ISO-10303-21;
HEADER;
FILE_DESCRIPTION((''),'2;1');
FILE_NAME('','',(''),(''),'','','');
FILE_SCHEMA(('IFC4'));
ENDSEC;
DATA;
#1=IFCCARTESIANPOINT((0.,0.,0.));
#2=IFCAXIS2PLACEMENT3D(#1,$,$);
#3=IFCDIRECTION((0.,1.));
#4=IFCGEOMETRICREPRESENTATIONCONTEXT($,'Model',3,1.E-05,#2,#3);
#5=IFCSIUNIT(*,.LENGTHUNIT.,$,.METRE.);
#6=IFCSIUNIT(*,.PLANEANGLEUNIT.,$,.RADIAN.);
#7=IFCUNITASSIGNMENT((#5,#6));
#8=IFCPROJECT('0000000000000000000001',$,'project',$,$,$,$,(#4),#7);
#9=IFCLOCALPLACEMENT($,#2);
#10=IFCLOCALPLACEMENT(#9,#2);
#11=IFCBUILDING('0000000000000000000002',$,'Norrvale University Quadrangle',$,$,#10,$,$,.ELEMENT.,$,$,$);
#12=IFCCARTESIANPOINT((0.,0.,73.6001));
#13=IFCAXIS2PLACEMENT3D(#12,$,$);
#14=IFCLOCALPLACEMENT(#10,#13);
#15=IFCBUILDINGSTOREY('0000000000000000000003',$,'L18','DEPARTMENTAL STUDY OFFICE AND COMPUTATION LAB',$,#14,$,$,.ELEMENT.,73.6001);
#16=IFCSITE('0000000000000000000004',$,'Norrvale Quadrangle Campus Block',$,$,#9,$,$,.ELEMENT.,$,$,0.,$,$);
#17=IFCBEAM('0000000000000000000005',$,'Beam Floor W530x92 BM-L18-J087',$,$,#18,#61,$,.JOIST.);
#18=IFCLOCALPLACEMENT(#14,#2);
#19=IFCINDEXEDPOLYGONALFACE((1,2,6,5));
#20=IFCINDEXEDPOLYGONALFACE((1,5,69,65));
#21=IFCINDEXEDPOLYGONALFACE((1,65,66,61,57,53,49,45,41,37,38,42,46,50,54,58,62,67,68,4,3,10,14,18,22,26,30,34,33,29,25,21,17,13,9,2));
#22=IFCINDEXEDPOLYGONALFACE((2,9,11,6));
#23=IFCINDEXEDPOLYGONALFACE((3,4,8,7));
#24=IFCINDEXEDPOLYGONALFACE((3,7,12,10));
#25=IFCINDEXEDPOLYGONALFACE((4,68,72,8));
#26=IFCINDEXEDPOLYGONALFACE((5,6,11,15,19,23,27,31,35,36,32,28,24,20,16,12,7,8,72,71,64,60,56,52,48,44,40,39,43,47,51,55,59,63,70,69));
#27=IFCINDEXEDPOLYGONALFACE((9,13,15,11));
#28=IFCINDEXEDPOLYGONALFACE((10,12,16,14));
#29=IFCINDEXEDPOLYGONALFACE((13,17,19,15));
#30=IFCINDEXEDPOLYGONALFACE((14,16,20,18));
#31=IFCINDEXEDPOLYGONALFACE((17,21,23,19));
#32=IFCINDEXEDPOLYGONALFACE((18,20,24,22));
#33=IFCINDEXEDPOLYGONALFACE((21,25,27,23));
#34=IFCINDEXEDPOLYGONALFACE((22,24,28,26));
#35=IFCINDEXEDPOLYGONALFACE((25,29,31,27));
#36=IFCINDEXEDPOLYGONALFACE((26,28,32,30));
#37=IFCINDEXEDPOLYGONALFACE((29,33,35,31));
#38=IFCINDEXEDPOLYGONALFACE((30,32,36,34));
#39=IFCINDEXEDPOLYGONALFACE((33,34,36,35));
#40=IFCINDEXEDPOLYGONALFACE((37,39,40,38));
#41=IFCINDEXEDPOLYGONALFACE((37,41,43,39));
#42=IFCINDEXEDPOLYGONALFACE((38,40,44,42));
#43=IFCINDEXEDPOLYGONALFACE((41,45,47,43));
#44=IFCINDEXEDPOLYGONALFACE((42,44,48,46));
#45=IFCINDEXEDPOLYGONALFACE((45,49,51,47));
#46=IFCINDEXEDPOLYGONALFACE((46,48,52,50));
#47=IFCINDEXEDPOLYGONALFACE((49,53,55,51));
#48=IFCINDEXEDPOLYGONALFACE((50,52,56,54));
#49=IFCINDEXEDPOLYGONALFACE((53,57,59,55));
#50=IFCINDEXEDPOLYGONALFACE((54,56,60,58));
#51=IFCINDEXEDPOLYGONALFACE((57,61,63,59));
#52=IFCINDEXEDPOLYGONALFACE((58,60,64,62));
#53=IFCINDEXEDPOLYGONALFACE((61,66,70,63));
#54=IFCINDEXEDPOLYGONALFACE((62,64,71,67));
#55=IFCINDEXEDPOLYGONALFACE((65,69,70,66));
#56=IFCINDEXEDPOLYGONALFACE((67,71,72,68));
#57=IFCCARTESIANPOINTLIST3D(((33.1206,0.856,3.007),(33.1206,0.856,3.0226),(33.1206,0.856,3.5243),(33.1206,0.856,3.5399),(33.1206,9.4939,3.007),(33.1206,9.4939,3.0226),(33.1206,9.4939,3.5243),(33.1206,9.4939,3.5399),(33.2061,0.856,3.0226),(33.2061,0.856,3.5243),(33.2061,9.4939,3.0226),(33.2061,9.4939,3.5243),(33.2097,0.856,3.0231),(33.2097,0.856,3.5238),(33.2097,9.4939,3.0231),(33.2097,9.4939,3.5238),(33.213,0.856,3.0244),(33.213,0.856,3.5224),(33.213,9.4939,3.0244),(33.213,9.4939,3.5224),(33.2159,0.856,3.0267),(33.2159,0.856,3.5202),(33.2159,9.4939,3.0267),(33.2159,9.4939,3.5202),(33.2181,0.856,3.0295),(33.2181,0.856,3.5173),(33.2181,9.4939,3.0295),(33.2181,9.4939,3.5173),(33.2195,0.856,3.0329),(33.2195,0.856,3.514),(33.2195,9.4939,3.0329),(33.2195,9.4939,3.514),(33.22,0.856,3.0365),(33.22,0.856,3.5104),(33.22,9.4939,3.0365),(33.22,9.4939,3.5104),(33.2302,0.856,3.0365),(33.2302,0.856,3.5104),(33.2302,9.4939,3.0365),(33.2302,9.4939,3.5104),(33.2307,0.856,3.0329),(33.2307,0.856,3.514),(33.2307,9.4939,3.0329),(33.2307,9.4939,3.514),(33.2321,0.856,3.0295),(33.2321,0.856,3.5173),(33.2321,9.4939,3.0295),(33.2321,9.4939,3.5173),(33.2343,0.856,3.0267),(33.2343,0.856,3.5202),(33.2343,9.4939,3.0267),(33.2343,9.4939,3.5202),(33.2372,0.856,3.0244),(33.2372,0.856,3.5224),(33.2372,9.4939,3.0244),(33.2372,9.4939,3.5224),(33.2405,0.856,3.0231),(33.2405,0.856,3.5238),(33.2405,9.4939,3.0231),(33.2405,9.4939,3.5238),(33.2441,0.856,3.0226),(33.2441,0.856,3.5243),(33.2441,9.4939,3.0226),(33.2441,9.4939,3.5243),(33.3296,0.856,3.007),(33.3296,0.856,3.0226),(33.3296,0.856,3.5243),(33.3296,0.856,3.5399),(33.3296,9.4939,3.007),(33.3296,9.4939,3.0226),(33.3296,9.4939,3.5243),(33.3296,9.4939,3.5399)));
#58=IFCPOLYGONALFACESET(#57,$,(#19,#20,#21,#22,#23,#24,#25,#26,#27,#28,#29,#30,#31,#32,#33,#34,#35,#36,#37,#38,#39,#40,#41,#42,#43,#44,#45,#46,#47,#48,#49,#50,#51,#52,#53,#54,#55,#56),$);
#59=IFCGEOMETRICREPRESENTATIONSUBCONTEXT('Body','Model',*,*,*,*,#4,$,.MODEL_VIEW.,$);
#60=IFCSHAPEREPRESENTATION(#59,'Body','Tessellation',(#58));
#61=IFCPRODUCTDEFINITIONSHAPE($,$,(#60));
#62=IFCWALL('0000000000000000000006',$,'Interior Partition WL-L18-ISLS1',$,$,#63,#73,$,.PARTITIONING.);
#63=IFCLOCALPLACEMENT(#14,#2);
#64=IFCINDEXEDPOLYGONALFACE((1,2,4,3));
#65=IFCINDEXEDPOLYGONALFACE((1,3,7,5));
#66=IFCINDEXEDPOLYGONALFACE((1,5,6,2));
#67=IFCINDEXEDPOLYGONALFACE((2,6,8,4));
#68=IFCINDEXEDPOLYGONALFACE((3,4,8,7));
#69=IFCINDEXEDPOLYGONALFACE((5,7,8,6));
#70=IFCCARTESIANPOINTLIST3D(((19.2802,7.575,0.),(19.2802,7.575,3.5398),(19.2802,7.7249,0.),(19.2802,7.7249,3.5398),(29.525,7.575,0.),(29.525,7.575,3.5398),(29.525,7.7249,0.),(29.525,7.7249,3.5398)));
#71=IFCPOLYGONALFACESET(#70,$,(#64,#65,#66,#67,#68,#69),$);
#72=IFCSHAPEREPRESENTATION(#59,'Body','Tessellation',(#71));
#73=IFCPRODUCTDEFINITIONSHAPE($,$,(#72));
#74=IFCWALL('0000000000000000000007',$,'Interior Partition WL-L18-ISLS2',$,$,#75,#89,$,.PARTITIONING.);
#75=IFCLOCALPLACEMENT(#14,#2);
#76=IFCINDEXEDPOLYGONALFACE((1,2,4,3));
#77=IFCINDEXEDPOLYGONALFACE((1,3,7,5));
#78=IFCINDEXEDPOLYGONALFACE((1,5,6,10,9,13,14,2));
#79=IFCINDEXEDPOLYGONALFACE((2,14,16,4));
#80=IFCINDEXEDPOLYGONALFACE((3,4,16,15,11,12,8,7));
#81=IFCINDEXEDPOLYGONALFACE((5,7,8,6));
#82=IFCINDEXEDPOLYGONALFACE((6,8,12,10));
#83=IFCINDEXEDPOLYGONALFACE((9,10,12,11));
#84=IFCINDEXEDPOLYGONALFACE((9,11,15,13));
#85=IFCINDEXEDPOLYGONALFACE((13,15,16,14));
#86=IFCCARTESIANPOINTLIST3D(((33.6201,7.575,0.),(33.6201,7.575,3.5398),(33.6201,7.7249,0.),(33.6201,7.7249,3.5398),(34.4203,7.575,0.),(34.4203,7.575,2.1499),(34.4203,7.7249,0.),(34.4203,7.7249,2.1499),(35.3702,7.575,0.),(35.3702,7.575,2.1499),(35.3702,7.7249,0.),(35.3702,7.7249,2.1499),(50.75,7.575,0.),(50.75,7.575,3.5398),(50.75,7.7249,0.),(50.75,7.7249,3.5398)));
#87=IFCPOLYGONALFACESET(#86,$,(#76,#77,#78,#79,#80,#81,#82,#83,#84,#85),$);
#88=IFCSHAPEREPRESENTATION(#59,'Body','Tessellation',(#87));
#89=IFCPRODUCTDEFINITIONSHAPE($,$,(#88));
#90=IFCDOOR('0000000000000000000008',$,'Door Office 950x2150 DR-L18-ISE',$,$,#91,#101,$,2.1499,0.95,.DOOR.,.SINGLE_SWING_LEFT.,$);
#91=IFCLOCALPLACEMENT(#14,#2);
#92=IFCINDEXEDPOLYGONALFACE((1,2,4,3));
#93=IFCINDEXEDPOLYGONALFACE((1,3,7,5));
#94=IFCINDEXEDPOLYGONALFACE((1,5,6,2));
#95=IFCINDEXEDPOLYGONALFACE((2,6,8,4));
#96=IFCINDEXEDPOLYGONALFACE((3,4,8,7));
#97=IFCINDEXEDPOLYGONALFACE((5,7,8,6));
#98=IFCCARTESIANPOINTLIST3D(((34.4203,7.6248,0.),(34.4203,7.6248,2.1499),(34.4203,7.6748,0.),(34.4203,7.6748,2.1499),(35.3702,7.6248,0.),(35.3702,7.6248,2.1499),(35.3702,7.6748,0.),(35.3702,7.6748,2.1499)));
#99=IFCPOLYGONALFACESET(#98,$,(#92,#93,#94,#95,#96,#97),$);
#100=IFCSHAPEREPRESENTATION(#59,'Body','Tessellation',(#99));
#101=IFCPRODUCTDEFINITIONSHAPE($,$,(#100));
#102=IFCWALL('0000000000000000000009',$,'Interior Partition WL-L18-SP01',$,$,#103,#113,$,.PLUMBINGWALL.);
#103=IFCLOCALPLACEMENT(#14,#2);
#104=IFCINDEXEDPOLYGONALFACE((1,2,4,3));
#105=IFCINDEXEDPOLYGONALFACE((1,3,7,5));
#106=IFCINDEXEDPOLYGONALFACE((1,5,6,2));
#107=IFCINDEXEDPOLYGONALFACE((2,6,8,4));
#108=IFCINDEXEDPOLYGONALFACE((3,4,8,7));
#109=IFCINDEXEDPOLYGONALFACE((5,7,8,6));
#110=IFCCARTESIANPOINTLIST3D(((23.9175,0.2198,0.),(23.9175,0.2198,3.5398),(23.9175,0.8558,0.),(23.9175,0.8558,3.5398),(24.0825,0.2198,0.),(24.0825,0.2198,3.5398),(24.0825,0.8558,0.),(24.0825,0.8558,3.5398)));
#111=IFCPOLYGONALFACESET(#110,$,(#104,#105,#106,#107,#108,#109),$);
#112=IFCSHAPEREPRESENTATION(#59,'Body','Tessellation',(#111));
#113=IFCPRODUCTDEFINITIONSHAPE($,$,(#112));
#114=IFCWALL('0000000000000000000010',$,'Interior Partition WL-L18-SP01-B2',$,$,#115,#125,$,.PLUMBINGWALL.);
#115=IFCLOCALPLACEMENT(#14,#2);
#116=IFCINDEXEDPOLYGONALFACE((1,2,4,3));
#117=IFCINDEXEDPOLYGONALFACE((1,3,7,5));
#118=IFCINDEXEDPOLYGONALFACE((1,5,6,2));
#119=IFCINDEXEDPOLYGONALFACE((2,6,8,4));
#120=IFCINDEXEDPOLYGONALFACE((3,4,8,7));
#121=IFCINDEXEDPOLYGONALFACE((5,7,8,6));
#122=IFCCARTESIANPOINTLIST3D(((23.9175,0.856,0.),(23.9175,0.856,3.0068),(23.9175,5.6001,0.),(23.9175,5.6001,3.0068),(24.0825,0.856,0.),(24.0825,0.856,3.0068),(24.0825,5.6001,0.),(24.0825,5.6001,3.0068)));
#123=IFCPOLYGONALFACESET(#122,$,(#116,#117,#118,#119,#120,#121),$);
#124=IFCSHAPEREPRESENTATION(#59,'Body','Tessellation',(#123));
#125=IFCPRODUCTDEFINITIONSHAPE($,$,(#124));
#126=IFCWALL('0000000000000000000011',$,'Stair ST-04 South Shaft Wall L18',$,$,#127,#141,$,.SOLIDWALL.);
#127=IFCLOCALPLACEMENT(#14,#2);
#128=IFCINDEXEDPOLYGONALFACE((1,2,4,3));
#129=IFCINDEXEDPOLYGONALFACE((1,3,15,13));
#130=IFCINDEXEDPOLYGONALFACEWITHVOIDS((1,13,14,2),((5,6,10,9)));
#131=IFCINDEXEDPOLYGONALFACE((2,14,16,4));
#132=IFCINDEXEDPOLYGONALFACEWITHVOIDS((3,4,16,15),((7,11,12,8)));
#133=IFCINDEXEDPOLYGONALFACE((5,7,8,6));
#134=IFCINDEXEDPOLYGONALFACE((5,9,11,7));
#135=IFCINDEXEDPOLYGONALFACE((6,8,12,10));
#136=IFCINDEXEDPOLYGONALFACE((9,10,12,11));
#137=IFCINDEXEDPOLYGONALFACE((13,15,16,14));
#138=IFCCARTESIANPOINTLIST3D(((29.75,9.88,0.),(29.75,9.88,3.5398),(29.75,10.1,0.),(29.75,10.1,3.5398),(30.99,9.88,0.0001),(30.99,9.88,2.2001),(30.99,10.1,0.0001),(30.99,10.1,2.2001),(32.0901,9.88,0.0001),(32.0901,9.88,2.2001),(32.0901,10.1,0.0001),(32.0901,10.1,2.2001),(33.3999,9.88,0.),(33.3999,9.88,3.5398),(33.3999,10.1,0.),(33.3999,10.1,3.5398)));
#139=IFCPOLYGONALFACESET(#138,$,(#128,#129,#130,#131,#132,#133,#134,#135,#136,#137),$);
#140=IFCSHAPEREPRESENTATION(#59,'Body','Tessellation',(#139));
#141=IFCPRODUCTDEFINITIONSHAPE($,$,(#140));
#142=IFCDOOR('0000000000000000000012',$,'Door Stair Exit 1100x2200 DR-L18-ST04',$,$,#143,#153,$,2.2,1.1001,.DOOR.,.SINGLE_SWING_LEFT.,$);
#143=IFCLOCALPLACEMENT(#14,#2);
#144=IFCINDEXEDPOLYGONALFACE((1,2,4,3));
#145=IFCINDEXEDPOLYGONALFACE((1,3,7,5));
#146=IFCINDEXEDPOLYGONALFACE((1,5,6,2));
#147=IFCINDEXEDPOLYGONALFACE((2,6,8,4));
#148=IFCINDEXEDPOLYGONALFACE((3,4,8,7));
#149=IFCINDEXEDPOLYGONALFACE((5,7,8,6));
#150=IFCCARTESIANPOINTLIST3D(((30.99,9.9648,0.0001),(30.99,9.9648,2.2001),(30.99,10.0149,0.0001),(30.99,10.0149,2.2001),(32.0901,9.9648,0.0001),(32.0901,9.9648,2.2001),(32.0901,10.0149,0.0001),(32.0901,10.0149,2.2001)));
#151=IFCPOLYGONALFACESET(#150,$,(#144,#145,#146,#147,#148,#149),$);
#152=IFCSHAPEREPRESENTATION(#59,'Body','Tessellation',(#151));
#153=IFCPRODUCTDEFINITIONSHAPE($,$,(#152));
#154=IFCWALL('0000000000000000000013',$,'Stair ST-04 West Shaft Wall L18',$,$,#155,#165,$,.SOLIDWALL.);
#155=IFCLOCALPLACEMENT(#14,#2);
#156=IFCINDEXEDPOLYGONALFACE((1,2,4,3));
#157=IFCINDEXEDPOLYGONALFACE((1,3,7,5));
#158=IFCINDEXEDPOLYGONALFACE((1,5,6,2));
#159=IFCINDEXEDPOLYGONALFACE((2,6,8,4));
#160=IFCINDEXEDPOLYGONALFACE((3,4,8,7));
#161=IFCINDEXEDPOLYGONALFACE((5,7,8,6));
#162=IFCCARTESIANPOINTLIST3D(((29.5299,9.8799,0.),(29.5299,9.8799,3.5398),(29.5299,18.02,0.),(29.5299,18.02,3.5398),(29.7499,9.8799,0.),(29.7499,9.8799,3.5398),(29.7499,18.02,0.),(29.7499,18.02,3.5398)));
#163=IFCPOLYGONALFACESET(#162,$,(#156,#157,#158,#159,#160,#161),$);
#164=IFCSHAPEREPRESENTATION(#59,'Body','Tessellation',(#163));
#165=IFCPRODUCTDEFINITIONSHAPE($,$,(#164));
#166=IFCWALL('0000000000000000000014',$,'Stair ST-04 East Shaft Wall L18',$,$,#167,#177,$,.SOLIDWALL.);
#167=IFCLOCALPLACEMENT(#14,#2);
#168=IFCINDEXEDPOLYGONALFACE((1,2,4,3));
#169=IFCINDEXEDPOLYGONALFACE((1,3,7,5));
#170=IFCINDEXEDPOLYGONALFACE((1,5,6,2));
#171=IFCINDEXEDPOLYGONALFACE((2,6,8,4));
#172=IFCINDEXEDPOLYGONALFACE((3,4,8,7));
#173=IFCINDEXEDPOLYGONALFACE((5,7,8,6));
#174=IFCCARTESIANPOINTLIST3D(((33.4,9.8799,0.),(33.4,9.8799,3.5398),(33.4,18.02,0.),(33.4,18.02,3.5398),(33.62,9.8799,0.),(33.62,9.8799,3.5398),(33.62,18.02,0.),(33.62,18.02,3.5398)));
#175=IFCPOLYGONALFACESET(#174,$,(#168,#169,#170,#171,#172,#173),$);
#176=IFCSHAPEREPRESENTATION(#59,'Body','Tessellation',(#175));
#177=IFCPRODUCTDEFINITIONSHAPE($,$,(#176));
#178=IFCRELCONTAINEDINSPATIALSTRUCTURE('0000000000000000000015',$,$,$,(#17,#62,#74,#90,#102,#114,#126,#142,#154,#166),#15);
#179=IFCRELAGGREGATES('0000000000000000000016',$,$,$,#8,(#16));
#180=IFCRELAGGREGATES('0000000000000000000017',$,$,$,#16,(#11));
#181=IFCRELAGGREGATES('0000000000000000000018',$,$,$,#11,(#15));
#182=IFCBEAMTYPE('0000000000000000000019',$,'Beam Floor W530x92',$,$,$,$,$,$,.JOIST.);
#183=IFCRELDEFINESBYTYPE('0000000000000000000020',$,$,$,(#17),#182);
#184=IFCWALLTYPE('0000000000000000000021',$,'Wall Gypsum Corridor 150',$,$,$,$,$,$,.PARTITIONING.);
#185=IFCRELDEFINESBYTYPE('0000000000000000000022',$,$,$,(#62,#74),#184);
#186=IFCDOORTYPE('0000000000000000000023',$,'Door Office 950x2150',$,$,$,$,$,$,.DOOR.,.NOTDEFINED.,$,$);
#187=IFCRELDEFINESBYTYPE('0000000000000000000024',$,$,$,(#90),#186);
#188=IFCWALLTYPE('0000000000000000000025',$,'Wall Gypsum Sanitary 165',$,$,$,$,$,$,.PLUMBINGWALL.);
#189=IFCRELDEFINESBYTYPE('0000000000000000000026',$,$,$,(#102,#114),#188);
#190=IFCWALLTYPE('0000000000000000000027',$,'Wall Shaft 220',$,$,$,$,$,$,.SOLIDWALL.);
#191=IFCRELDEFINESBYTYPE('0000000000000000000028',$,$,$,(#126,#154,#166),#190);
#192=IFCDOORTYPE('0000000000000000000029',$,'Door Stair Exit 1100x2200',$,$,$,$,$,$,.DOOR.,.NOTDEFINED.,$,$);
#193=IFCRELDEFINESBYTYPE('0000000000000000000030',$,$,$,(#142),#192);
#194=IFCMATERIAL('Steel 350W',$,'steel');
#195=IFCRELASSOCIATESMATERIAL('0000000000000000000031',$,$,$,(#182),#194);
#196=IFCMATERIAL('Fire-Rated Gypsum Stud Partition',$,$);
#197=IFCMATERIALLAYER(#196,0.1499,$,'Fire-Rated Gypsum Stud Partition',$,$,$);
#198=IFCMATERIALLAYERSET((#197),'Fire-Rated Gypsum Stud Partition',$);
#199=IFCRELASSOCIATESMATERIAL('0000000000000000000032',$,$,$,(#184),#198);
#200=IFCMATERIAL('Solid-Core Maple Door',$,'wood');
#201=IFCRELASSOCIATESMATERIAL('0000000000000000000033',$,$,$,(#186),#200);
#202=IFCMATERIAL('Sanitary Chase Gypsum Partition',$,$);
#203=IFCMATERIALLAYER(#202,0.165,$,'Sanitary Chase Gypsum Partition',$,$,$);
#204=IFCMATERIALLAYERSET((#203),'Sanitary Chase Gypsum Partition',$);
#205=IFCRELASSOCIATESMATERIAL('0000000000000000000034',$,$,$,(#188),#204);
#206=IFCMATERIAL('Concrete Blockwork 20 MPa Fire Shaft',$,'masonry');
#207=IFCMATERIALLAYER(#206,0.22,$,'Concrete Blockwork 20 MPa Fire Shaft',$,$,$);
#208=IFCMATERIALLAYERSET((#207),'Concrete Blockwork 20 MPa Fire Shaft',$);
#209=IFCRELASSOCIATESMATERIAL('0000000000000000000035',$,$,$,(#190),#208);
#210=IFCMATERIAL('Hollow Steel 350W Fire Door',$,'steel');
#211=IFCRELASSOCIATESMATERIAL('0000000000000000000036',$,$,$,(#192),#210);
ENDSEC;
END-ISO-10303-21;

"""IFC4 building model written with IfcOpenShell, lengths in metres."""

from ifc_helpers import new_model, si_unit, direction, frame, frame_2d, origin, origin_2d, place, context, subcontext, project, spatial, rectangle, i_section, extrude, material, layer, layer_set, material_profile, profile_set, type_object, element, fill, save


model = new_model("IFC4")

# Units and contexts
model_context = context("Model", 3, precision=1e-05, world=origin(), true_north=direction((0.0, 1.0)))
body_context = subcontext(model_context, "Body", "Model", "MODEL_VIEW")
ifc_project = project(units=[si_unit("LENGTHUNIT", "METRE"), si_unit("PLANEANGLEUNIT", "RADIAN")], contexts=[model_context])

# Site, building, storey
site_placement = place(None, origin())
site = spatial("IfcSite", under=ifc_project, at=site_placement, Name="Norrvale Quadrangle Campus Block", CompositionType="ELEMENT", RefElevation=0.0)
building_placement = place(site_placement, origin())
building = spatial("IfcBuilding", under=site, at=building_placement, Name="Norrvale University Quadrangle", CompositionType="ELEMENT")
storey_placement = place(building_placement, frame((0.0, 0.0, 73.6001)))
storey = spatial("IfcBuildingStorey", under=building, at=storey_placement, Name="L18", Description="DEPARTMENTAL STUDY OFFICE AND COMPUTATION LAB", CompositionType="ELEMENT", Elevation=73.6001)

# Beam
ifc_material_1 = material(Name="Steel 350W", Category="steel")
ifc_material_profile_1 = material_profile(ifc_material_1, i_section(OverallWidth=0.209, OverallDepth=0.533, WebThickness=0.0103, FlangeThickness=0.0156, FilletRadius=0.0139, at=origin_2d()), Name="Steel 350W")
ifc_profile_set_1 = profile_set([ifc_material_profile_1], Name="Steel 350W")
beam_type_1 = type_object("IfcBeamType", Name="Beam Floor W530x92", PredefinedType="JOIST", material=ifc_profile_set_1)
beam_1_placement = place(storey_placement, frame((33.2251, 0.856, 3.2734), z_axis=(0.0, 1.0, 0.0), x_axis=(-1.0, 0.0, 0.0)))
element("IfcBeam", 1, at=beam_1_placement, inside=storey, type_object=beam_type_1, Name="Beam Floor W530x92 BM-L18-J087", PredefinedType="JOIST", context=body_context, shape_type="SweptSolid", body=[
    extrude(i_section(OverallWidth=0.209, OverallDepth=0.533, WebThickness=0.0103, FlangeThickness=0.0156, FilletRadius=0.0139, at=origin_2d()), origin(), (0.0, 0.0, 1.0), 8.6379),
])

# Wall
ifc_material_2 = material(Name="Fire-Rated Gypsum Stud Partition")
ifc_layer_1 = layer(ifc_material_2, 0.1499, Name="Fire-Rated Gypsum Stud Partition")
ifc_layer_set_1 = layer_set([ifc_layer_1], Name="Fire-Rated Gypsum Stud Partition")
wall_type_1 = type_object("IfcWallType", Name="Wall Gypsum Corridor 150", PredefinedType="PARTITIONING", material=ifc_layer_set_1)
wall_1_placement = place(storey_placement, frame((19.28, 7.6499, 0.0), z_axis=(0.0, 0.0, 1.0), x_axis=(1.0, 0.0, 0.0)))
element("IfcWall", 2, at=wall_1_placement, inside=storey, type_object=wall_type_1, Name="Interior Partition WL-L18-ISLS1", PredefinedType="PARTITIONING", context=body_context, shape_type="SweptSolid", body=[
    extrude(rectangle(XDim=10.2449, YDim=0.1499, at=frame_2d((5.1226, 0.0))), origin(), (0.0, 0.0, 1.0), 3.5398),
])

# Wall, opening, door
wall_2_placement = place(storey_placement, frame((33.6201, 7.6499, 0.0), z_axis=(0.0, 0.0, 1.0), x_axis=(1.0, 0.0, 0.0)))
wall_2 = element("IfcWall", 3, at=wall_2_placement, inside=storey, type_object=wall_type_1, Name="Interior Partition WL-L18-ISLS2", PredefinedType="PARTITIONING", context=body_context, shape_type="SweptSolid", body=[
    extrude(rectangle(XDim=17.1299, YDim=0.1499, at=frame_2d((8.5649, 0.0))), origin(), (0.0, 0.0, 1.0), 3.5398),
])
opening_1_placement = place(wall_2_placement, frame((0.8, 0.0, 0.0)))
opening_1 = element("IfcOpeningElement", 4, at=opening_1_placement, cuts=wall_2, PredefinedType="OPENING", context=body_context, shape_type="SweptSolid", body=[
    extrude(rectangle(XDim=0.95, YDim=2.1499, at=frame_2d((0.4751, 1.075))), frame((0.0, 0.0869, 0.0), z_axis=(0.0, -1.0, 0.0), x_axis=(1.0, 0.0, 0.0)), (0.0, 0.0, 1.0), 0.1738),
])
ifc_material_3 = material(Name="Solid-Core Maple Door", Category="wood")
door_type_1 = type_object("IfcDoorType", Name="Door Office 950x2150", OperationType="NOTDEFINED", PredefinedType="DOOR", material=ifc_material_3)
door_1_placement = place(opening_1_placement, origin())
door_1 = element("IfcDoor", 5, at=door_1_placement, inside=storey, type_object=door_type_1, Name="Door Office 950x2150 DR-L18-ISE", OperationType="SINGLE_SWING_LEFT", OverallHeight=2.1499, OverallWidth=0.95, PredefinedType="DOOR", context=body_context, shape_type="SweptSolid", body=[
    extrude(rectangle(XDim=0.95, YDim=2.1499, at=frame_2d((0.4751, 1.075))), frame((0.0, 0.0249, 0.0), z_axis=(0.0, -1.0, 0.0), x_axis=(1.0, 0.0, 0.0)), (0.0, 0.0, 1.0), 0.05),
])
fill(opening_1, door_1)

# Walls
ifc_material_4 = material(Name="Sanitary Chase Gypsum Partition")
ifc_layer_2 = layer(ifc_material_4, 0.165, Name="Sanitary Chase Gypsum Partition")
ifc_layer_set_2 = layer_set([ifc_layer_2], Name="Sanitary Chase Gypsum Partition")
wall_type_2 = type_object("IfcWallType", Name="Wall Gypsum Sanitary 165", PredefinedType="PLUMBINGWALL", material=ifc_layer_set_2)
wall_3_placement = place(storey_placement, frame((24.0, 0.22, 0.0), z_axis=(0.0, 0.0, 1.0), x_axis=(0.0, 1.0, 0.0)))
element("IfcWall", 6, at=wall_3_placement, inside=storey, type_object=wall_type_2, Name="Interior Partition WL-L18-SP01", PredefinedType="PLUMBINGWALL", context=body_context, shape_type="SweptSolid", body=[
    extrude(rectangle(XDim=0.636, YDim=0.165, at=frame_2d((0.3179, 0.0))), origin(), (0.0, 0.0, 1.0), 3.5398),
])
wall_4_placement = place(storey_placement, frame((24.0, 0.856, 0.0), z_axis=(0.0, 0.0, 1.0), x_axis=(0.0, 1.0, 0.0)))
element("IfcWall", 7, at=wall_4_placement, inside=storey, type_object=wall_type_2, Name="Interior Partition WL-L18-SP01-B2", PredefinedType="PLUMBINGWALL", context=body_context, shape_type="SweptSolid", body=[
    extrude(rectangle(XDim=4.7441, YDim=0.165, at=frame_2d((2.3721, 0.0))), origin(), (0.0, 0.0, 1.0), 3.0068),
])

# Wall, opening, door
ifc_material_5 = material(Name="Concrete Blockwork 20 MPa Fire Shaft", Category="masonry")
ifc_layer_3 = layer(ifc_material_5, 0.22, Name="Concrete Blockwork 20 MPa Fire Shaft")
ifc_layer_set_3 = layer_set([ifc_layer_3], Name="Concrete Blockwork 20 MPa Fire Shaft")
wall_type_3 = type_object("IfcWallType", Name="Wall Shaft 220", PredefinedType="SOLIDWALL", material=ifc_layer_set_3)
wall_5_placement = place(storey_placement, frame((29.75, 9.99, 0.0), z_axis=(0.0, 0.0, 1.0), x_axis=(1.0, 0.0, 0.0)))
wall_5 = element("IfcWall", 8, at=wall_5_placement, inside=storey, type_object=wall_type_3, Name="Stair ST-04 South Shaft Wall L18", PredefinedType="SOLIDWALL", context=body_context, shape_type="SweptSolid", body=[
    extrude(rectangle(XDim=3.6499, YDim=0.22, at=frame_2d((1.825, 0.0))), origin(), (0.0, 0.0, 1.0), 3.5398),
])
opening_2_placement = place(wall_5_placement, frame((1.24, 0.0, 0.0)))
opening_2 = element("IfcOpeningElement", 9, at=opening_2_placement, cuts=wall_5, PredefinedType="OPENING", context=body_context, shape_type="SweptSolid", body=[
    extrude(rectangle(XDim=1.1001, YDim=2.2, at=frame_2d((0.55, 1.1001))), frame((0.0, 0.1221, 0.0), z_axis=(0.0, -1.0, 0.0), x_axis=(1.0, 0.0, 0.0)), (0.0, 0.0, 1.0), 0.2439),
])
ifc_material_6 = material(Name="Hollow Steel 350W Fire Door", Category="steel")
door_type_2 = type_object("IfcDoorType", Name="Door Stair Exit 1100x2200", OperationType="NOTDEFINED", PredefinedType="DOOR", material=ifc_material_6)
door_2_placement = place(opening_2_placement, origin())
door_2 = element("IfcDoor", 10, at=door_2_placement, inside=storey, type_object=door_type_2, Name="Door Stair Exit 1100x2200 DR-L18-ST04", OperationType="SINGLE_SWING_LEFT", OverallHeight=2.2, OverallWidth=1.1001, PredefinedType="DOOR", context=body_context, shape_type="SweptSolid", body=[
    extrude(rectangle(XDim=1.1001, YDim=2.2, at=frame_2d((0.55, 1.1001))), frame((0.0, 0.0249, 0.0), z_axis=(0.0, -1.0, 0.0), x_axis=(1.0, 0.0, 0.0)), (0.0, 0.0, 1.0), 0.05),
])
fill(opening_2, door_2)

# Walls
for number, where, z_axis, x_axis, name in (
    (11, (29.6399, 9.8799, 0.0), (0.0, 0.0, 1.0), (0.0, 1.0, 0.0), "Stair ST-04 West Shaft Wall L18"),
    (12, (33.51, 9.8799, 0.0), (0.0, 0.0, 1.0), (0.0, 1.0, 0.0), "Stair ST-04 East Shaft Wall L18"),
):
    element("IfcWall", number, at=place(storey_placement, frame(where, z_axis=z_axis, x_axis=x_axis)), inside=storey, type_object=wall_type_3, Name=name, PredefinedType="SOLIDWALL", context=body_context, shape_type="SweptSolid", body=[
        extrude(rectangle(XDim=8.1401, YDim=0.22, at=frame_2d((4.0701, 0.0))), origin(), (0.0, 0.0, 1.0), 3.5398),
    ])

save(model, "model.ifc")
